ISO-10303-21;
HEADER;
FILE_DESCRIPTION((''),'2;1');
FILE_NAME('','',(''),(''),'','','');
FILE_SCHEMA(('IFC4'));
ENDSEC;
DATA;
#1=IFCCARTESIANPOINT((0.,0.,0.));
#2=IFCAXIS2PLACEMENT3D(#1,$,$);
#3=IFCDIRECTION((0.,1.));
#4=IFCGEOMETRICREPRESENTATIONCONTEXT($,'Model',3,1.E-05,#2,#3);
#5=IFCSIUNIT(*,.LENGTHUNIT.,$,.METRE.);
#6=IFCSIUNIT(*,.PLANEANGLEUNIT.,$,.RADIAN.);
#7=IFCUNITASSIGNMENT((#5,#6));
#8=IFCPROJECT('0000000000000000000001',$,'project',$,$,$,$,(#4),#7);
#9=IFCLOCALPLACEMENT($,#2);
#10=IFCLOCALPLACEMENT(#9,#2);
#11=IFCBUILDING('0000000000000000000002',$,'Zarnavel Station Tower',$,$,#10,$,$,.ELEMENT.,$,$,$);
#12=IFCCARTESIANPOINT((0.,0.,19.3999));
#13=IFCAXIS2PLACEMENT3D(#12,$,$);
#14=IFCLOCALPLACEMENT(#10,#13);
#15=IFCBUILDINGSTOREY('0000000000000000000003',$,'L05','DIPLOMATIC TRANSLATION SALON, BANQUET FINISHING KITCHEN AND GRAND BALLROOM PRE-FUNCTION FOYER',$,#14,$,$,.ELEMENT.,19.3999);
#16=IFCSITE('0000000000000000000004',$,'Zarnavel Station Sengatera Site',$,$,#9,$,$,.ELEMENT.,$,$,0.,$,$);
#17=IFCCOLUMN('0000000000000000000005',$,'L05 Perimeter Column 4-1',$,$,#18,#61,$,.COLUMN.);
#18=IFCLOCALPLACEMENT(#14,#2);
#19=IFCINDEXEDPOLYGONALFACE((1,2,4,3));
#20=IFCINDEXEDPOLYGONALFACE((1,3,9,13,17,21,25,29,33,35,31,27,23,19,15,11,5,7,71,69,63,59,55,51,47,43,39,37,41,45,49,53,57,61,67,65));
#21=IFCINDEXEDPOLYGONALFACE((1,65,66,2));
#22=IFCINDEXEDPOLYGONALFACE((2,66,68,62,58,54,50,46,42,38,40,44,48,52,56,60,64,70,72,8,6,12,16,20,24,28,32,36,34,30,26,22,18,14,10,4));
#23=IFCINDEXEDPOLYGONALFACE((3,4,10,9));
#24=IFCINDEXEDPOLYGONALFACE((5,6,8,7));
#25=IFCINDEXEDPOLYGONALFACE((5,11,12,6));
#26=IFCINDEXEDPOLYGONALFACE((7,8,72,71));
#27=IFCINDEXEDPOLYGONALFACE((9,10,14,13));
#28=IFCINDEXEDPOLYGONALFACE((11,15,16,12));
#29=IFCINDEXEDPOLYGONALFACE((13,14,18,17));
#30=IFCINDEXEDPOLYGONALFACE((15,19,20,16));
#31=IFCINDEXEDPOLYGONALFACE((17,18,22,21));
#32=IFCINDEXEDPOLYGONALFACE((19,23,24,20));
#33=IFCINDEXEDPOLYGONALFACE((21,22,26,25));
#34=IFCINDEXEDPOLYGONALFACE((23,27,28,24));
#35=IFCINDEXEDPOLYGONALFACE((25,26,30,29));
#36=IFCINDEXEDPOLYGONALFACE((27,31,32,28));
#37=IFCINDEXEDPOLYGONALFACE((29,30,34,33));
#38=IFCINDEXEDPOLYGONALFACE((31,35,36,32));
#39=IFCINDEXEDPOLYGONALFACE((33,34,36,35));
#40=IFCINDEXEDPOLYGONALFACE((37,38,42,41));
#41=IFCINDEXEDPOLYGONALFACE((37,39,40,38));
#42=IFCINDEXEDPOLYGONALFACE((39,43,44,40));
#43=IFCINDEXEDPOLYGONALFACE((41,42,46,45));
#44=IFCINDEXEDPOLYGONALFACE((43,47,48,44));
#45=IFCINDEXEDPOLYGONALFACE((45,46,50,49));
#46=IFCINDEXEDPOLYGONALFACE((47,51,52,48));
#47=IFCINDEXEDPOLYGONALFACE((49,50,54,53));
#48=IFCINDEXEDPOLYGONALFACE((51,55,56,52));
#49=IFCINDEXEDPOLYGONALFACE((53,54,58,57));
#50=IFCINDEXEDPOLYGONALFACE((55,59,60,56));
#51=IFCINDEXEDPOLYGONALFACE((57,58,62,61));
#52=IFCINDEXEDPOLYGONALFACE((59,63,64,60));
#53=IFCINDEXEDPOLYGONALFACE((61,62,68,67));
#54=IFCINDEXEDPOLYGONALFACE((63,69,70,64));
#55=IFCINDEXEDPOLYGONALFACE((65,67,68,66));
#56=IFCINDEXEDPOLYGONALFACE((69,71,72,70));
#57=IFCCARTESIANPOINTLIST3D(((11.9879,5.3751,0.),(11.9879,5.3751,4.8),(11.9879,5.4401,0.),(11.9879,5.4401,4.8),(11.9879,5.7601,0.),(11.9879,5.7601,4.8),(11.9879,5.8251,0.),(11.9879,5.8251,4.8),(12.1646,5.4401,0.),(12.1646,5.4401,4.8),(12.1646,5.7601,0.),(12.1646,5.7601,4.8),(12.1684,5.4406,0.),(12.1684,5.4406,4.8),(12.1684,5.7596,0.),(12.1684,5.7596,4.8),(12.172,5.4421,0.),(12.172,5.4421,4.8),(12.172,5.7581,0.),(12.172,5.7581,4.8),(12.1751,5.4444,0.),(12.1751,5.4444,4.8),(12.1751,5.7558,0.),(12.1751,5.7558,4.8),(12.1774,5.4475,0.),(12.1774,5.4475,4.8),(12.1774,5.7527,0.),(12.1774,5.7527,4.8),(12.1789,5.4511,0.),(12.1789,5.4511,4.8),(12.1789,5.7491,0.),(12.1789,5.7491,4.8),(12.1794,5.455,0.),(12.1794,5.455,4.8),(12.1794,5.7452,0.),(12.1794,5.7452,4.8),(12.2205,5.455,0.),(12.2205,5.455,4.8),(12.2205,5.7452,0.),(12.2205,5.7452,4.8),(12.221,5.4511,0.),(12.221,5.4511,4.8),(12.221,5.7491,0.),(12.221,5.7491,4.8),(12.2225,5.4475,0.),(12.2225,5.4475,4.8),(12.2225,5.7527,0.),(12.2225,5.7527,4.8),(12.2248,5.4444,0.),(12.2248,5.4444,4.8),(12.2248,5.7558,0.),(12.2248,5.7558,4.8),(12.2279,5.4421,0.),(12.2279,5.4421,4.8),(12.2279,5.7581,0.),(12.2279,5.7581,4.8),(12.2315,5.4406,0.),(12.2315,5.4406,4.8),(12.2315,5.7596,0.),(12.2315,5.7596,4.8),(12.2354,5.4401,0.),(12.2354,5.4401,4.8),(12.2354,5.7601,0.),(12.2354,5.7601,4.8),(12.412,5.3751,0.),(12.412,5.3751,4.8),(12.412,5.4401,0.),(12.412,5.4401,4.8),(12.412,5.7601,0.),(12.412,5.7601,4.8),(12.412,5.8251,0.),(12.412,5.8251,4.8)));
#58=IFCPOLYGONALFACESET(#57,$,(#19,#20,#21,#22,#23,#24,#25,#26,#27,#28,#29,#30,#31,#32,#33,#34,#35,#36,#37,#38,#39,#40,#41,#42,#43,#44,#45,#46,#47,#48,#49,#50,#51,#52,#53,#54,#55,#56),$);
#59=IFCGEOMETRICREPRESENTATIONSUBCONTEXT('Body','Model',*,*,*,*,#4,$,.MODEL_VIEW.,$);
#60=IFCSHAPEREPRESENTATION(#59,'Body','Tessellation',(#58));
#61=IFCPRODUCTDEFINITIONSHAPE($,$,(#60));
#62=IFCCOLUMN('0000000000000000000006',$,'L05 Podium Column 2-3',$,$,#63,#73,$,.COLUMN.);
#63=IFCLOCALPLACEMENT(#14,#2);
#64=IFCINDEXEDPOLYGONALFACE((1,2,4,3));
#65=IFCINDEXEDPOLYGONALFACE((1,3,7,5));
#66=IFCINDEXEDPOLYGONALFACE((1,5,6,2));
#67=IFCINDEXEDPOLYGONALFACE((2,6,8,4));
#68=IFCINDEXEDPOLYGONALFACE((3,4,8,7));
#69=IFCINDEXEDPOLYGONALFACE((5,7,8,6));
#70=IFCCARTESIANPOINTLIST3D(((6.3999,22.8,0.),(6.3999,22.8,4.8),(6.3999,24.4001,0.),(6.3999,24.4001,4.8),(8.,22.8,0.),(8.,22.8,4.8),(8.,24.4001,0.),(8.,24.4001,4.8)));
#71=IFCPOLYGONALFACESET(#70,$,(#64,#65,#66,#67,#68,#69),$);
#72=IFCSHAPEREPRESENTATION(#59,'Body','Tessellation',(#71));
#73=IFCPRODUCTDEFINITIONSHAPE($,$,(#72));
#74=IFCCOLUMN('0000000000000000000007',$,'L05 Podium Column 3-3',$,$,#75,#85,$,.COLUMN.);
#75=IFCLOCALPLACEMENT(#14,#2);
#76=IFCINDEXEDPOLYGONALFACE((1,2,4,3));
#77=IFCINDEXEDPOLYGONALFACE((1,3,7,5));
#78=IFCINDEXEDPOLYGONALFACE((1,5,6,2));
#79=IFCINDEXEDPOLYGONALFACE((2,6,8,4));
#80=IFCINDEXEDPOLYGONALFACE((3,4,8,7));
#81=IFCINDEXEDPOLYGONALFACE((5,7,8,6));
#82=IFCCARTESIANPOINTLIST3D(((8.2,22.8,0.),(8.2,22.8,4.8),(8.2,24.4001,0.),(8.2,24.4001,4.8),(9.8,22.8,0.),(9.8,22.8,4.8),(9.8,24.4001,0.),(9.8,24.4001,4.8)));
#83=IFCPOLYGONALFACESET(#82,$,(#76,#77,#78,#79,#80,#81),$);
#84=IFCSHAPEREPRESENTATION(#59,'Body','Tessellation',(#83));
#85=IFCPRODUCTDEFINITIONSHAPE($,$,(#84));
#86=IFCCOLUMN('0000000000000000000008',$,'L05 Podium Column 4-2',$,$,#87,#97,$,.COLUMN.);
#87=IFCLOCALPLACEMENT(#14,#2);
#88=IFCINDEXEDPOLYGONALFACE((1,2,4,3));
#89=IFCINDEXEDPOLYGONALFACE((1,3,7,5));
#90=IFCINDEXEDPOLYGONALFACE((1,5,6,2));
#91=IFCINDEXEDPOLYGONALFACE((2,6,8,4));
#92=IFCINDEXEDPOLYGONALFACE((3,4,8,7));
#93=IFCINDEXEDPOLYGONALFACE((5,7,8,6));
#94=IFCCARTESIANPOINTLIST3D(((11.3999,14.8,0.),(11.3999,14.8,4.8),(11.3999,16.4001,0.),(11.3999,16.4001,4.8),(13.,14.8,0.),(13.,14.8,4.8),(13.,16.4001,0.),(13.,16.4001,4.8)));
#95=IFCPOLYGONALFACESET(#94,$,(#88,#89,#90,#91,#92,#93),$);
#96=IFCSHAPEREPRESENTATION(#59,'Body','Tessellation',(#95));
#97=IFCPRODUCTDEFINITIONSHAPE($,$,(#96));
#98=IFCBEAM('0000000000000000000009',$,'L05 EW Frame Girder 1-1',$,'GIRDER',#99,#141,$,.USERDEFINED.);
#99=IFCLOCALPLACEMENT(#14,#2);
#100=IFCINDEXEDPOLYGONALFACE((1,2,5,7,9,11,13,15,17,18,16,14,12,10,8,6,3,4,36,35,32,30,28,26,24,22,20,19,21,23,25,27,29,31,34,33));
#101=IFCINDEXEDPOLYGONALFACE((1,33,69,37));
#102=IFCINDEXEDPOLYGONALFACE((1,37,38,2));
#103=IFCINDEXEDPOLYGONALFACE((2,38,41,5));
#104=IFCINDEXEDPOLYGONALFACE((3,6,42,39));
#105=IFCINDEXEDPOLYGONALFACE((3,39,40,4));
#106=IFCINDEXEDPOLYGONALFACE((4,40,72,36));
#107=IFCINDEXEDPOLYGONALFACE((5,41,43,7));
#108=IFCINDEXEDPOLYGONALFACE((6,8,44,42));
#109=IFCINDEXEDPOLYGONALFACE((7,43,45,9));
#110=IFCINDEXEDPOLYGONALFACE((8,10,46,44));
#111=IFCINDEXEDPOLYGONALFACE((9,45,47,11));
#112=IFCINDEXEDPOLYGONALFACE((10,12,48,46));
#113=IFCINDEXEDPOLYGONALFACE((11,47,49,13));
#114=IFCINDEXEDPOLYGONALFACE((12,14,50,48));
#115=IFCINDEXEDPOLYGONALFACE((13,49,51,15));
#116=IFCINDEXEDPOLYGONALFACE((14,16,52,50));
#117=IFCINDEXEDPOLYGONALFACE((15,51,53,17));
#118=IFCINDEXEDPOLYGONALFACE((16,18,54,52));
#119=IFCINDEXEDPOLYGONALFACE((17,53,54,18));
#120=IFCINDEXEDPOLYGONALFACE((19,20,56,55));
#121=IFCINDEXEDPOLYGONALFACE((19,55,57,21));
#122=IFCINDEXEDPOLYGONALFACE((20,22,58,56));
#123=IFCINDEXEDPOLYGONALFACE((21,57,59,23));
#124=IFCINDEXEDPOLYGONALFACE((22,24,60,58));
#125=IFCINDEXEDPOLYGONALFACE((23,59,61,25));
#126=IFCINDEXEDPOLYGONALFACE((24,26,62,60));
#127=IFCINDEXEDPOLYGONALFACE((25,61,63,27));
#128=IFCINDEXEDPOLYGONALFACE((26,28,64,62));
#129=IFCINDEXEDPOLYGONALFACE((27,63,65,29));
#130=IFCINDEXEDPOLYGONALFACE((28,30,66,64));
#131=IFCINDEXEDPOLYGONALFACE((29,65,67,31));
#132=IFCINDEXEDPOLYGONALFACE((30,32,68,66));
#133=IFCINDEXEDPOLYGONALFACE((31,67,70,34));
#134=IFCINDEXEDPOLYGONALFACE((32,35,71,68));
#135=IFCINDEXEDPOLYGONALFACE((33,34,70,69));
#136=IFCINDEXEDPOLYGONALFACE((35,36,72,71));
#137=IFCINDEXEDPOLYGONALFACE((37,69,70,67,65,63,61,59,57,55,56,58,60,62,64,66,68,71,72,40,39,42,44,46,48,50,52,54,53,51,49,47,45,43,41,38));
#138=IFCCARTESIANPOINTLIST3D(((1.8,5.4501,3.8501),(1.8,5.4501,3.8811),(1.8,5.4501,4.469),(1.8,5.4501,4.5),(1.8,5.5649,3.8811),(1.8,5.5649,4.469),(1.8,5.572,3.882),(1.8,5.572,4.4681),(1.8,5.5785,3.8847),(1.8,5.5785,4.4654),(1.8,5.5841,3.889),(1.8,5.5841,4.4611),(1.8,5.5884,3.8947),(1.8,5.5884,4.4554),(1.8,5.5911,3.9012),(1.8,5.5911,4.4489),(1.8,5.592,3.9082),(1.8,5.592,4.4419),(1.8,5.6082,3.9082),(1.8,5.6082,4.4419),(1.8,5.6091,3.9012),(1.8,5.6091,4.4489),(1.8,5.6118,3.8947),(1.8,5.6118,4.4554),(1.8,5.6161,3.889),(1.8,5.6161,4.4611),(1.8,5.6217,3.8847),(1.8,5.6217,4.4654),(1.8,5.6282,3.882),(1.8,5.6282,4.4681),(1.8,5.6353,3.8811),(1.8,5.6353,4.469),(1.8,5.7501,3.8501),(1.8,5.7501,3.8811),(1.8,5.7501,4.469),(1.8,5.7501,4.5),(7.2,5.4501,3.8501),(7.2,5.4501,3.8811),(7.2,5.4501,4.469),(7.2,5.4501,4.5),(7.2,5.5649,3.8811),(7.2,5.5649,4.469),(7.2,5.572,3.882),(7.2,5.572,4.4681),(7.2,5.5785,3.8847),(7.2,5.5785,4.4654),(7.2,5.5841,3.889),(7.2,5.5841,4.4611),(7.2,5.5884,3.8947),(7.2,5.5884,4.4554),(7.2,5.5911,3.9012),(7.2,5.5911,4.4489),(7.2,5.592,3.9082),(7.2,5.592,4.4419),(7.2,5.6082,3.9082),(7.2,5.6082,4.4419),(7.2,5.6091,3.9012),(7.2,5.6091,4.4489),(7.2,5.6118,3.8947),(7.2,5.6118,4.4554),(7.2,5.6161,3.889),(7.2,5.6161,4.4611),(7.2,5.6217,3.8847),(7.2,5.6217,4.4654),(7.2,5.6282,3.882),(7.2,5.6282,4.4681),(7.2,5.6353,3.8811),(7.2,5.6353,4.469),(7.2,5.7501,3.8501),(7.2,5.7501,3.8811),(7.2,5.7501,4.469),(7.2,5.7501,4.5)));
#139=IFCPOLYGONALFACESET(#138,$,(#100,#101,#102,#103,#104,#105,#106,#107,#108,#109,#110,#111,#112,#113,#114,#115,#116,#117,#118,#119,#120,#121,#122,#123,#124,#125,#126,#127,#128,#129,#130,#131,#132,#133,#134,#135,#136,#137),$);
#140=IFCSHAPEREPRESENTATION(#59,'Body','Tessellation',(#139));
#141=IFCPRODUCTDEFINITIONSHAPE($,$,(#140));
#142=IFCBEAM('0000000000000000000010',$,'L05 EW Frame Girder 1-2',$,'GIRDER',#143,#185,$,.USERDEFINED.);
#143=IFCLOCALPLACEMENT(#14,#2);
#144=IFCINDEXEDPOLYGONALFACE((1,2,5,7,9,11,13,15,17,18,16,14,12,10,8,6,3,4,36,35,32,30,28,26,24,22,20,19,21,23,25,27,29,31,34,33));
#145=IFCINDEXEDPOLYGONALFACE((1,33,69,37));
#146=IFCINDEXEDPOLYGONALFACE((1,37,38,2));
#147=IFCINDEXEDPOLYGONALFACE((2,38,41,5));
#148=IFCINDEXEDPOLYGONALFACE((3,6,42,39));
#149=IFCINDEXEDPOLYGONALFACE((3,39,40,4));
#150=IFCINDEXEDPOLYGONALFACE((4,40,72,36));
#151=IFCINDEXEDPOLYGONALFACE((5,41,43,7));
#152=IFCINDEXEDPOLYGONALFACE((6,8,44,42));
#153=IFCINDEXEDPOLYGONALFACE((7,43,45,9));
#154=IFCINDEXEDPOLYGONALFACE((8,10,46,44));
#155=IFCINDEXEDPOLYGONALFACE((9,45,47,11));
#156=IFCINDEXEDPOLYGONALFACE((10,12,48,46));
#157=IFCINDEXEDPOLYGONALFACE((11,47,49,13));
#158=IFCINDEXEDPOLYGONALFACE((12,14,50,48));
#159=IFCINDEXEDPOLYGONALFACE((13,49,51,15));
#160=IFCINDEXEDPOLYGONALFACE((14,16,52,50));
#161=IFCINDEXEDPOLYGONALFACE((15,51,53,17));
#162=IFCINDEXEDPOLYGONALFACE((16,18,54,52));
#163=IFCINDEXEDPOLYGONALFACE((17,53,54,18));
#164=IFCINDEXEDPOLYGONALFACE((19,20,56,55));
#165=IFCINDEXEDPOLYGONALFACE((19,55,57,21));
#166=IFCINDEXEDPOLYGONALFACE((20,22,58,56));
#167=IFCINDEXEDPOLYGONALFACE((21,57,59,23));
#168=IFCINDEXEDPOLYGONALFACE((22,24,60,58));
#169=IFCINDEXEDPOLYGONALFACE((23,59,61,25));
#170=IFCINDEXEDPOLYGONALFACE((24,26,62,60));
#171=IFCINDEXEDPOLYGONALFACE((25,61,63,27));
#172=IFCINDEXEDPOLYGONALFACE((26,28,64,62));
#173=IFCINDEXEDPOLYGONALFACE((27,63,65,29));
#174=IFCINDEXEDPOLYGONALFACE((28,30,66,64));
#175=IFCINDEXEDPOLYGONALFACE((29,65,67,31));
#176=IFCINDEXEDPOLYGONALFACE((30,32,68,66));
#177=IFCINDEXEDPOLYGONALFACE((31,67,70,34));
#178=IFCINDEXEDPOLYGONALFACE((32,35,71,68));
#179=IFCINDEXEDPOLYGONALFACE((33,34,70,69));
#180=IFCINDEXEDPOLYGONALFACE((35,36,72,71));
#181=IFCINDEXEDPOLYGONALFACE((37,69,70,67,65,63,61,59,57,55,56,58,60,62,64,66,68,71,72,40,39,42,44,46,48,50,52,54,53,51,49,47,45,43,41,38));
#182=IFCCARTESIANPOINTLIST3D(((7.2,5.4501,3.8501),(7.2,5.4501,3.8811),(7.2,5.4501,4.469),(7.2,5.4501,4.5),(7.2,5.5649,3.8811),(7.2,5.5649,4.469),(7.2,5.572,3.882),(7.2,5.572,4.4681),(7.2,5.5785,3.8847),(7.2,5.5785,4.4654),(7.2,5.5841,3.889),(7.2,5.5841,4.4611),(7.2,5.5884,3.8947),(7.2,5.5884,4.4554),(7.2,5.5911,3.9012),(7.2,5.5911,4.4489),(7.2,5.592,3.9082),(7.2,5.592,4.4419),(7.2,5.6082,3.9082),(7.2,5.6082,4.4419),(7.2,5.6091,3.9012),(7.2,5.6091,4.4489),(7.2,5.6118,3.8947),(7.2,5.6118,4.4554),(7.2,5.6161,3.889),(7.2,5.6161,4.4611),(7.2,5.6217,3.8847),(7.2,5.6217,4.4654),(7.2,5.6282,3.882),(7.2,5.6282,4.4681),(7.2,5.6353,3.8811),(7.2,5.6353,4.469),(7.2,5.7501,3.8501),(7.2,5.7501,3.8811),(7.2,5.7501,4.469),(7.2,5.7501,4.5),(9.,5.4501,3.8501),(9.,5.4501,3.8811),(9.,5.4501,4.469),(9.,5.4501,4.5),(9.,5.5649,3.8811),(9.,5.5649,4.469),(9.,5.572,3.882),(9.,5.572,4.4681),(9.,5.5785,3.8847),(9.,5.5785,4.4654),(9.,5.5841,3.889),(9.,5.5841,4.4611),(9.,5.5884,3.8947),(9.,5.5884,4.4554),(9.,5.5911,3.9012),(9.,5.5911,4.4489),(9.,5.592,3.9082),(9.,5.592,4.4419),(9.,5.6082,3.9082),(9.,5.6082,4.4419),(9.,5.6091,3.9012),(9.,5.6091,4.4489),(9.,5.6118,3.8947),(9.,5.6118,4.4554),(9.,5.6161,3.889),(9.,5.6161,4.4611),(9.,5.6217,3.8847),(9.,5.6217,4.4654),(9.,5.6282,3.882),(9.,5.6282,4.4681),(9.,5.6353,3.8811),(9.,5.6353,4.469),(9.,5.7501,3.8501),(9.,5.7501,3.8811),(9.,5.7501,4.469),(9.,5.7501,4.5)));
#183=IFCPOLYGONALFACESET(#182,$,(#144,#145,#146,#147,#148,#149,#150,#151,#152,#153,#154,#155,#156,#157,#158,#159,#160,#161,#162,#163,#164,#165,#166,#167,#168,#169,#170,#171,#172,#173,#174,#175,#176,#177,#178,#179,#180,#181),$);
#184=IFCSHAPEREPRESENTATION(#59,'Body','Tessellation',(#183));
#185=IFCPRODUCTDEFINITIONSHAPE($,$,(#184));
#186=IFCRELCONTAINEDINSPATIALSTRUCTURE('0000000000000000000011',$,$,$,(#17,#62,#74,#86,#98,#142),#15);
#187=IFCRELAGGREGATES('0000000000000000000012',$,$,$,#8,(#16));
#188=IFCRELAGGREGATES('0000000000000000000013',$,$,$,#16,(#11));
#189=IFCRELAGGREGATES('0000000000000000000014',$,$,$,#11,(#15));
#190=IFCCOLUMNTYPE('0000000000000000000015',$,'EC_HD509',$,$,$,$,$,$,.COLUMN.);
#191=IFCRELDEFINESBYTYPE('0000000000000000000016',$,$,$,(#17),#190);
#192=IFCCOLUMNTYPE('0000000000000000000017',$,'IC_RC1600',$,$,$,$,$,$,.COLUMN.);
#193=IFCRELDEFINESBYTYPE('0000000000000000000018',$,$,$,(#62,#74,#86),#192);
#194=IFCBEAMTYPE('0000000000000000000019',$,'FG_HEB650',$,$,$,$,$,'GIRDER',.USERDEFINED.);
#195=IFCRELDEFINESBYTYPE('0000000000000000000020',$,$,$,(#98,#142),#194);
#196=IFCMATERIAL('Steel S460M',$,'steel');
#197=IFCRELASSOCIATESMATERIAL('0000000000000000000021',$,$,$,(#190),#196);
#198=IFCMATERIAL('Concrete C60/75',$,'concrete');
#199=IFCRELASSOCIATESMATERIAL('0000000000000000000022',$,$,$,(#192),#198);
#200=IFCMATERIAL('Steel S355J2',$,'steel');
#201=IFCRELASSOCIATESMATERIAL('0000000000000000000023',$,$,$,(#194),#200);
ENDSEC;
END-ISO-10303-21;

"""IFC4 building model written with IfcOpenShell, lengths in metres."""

from ifc_helpers import new_model, si_unit, direction, frame, origin, origin_2d, place, context, subcontext, project, spatial, rectangle, i_section, extrude, material, material_profile, profile_set, type_object, element, save


model = new_model("IFC4")

# Units and contexts
model_context = context("Model", 3, precision=1e-05, world=origin(), true_north=direction((0.0, 1.0)))
body_context = subcontext(model_context, "Body", "Model", "MODEL_VIEW")
ifc_project = project(units=[si_unit("LENGTHUNIT", "METRE"), si_unit("PLANEANGLEUNIT", "RADIAN")], contexts=[model_context])

# Site, building, storey
site_placement = place(None, origin())
site = spatial("IfcSite", under=ifc_project, at=site_placement, Name="Zarnavel Station Sengatera Site", CompositionType="ELEMENT", RefElevation=0.0)
building_placement = place(site_placement, origin())
building = spatial("IfcBuilding", under=site, at=building_placement, Name="Zarnavel Station Tower", CompositionType="ELEMENT")
storey_placement = place(building_placement, frame((0.0, 0.0, 19.3999)))
storey = spatial("IfcBuildingStorey", under=building, at=storey_placement, Name="L05", Description="DIPLOMATIC TRANSLATION SALON, BANQUET FINISHING KITCHEN AND GRAND BALLROOM PRE-FUNCTION FOYER", CompositionType="ELEMENT", Elevation=19.3999)

# Columns
ifc_material_1 = material(Name="Steel S460M", Category="steel")
ifc_material_profile_1 = material_profile(ifc_material_1, i_section(OverallWidth=0.4241, OverallDepth=0.45, WebThickness=0.041, FlangeThickness=0.0649, FilletRadius=0.0149, at=origin_2d()), Name="HD400x509")
ifc_profile_set_1 = profile_set([ifc_material_profile_1], Name="Steel S460M")
column_type_1 = type_object("IfcColumnType", Name="EC_HD509", PredefinedType="COLUMN", material=ifc_profile_set_1)
for number, where, z_axis, x_axis, name in (
    (1, (12.2, 5.6001, 0.0), (0.0, 0.0, 1.0), (1.0, 0.0, 0.0), "L05 Perimeter Column 4-1"),
):
    element("IfcColumn", number, at=place(storey_placement, frame(where, z_axis=z_axis, x_axis=x_axis)), inside=storey, type_object=column_type_1, Name=name, PredefinedType="COLUMN", context=body_context, shape_type="SweptSolid", body=[
        extrude(i_section(OverallWidth=0.4241, OverallDepth=0.45, WebThickness=0.041, FlangeThickness=0.0649, FilletRadius=0.0149, at=origin_2d()), origin(), (0.0, 0.0, 1.0), 4.8),
    ])
ifc_material_2 = material(Name="Concrete C60/75", Category="concrete")
ifc_material_profile_2 = material_profile(ifc_material_2, rectangle(XDim=1.6001, YDim=1.6001, at=origin_2d()), Name="RC1600x1600")
ifc_profile_set_2 = profile_set([ifc_material_profile_2], Name="Concrete C60/75")
column_type_2 = type_object("IfcColumnType", Name="IC_RC1600", PredefinedType="COLUMN", material=ifc_profile_set_2)
for number, where, z_axis, x_axis, name in (
    (2, (7.2, 23.6001, 0.0), (0.0, 0.0, 1.0), (1.0, 0.0, 0.0), "L05 Podium Column 2-3"),
    (3, (9.0, 23.6001, 0.0), (0.0, 0.0, 1.0), (1.0, 0.0, 0.0), "L05 Podium Column 3-3"),
    (4, (12.2, 15.6001, 0.0), (0.0, 0.0, 1.0), (1.0, 0.0, 0.0), "L05 Podium Column 4-2"),
):
    element("IfcColumn", number, at=place(storey_placement, frame(where, z_axis=z_axis, x_axis=x_axis)), inside=storey, type_object=column_type_2, Name=name, PredefinedType="COLUMN", context=body_context, shape_type="SweptSolid", body=[
        extrude(rectangle(XDim=1.6001, YDim=1.6001, at=origin_2d()), origin(), (0.0, 0.0, 1.0), 4.8),
    ])

# Beams
ifc_material_3 = material(Name="Steel S355J2", Category="steel")
ifc_material_profile_3 = material_profile(ifc_material_3, i_section(OverallWidth=0.3, OverallDepth=0.6499, WebThickness=0.0161, FlangeThickness=0.031, FilletRadius=0.0271, at=origin_2d()), Name="HEB650")
ifc_profile_set_3 = profile_set([ifc_material_profile_3], Name="Steel S355J2")
beam_type_1 = type_object("IfcBeamType", Name="FG_HEB650", ElementType="GIRDER", PredefinedType="USERDEFINED", material=ifc_profile_set_3)
beam_1_placement = place(storey_placement, frame((1.8, 5.6001, 4.175), z_axis=(1.0, 0.0, 0.0), x_axis=(0.0, 1.0, 0.0)))
element("IfcBeam", 5, at=beam_1_placement, inside=storey, type_object=beam_type_1, Name="L05 EW Frame Girder 1-1", ObjectType="GIRDER", PredefinedType="USERDEFINED", context=body_context, shape_type="SweptSolid", body=[
    extrude(i_section(OverallWidth=0.3, OverallDepth=0.6499, WebThickness=0.0161, FlangeThickness=0.031, FilletRadius=0.0271, at=origin_2d()), origin(), (0.0, 0.0, 1.0), 5.3999),
])
beam_2_placement = place(storey_placement, frame((7.2, 5.6001, 4.175), z_axis=(1.0, 0.0, 0.0), x_axis=(0.0, 1.0, 0.0)))
element("IfcBeam", 6, at=beam_2_placement, inside=storey, type_object=beam_type_1, Name="L05 EW Frame Girder 1-2", ObjectType="GIRDER", PredefinedType="USERDEFINED", context=body_context, shape_type="SweptSolid", body=[
    extrude(i_section(OverallWidth=0.3, OverallDepth=0.6499, WebThickness=0.0161, FlangeThickness=0.031, FilletRadius=0.0271, at=origin_2d()), origin(), (0.0, 0.0, 1.0), 1.8),
])

save(model, "model.ifc")
